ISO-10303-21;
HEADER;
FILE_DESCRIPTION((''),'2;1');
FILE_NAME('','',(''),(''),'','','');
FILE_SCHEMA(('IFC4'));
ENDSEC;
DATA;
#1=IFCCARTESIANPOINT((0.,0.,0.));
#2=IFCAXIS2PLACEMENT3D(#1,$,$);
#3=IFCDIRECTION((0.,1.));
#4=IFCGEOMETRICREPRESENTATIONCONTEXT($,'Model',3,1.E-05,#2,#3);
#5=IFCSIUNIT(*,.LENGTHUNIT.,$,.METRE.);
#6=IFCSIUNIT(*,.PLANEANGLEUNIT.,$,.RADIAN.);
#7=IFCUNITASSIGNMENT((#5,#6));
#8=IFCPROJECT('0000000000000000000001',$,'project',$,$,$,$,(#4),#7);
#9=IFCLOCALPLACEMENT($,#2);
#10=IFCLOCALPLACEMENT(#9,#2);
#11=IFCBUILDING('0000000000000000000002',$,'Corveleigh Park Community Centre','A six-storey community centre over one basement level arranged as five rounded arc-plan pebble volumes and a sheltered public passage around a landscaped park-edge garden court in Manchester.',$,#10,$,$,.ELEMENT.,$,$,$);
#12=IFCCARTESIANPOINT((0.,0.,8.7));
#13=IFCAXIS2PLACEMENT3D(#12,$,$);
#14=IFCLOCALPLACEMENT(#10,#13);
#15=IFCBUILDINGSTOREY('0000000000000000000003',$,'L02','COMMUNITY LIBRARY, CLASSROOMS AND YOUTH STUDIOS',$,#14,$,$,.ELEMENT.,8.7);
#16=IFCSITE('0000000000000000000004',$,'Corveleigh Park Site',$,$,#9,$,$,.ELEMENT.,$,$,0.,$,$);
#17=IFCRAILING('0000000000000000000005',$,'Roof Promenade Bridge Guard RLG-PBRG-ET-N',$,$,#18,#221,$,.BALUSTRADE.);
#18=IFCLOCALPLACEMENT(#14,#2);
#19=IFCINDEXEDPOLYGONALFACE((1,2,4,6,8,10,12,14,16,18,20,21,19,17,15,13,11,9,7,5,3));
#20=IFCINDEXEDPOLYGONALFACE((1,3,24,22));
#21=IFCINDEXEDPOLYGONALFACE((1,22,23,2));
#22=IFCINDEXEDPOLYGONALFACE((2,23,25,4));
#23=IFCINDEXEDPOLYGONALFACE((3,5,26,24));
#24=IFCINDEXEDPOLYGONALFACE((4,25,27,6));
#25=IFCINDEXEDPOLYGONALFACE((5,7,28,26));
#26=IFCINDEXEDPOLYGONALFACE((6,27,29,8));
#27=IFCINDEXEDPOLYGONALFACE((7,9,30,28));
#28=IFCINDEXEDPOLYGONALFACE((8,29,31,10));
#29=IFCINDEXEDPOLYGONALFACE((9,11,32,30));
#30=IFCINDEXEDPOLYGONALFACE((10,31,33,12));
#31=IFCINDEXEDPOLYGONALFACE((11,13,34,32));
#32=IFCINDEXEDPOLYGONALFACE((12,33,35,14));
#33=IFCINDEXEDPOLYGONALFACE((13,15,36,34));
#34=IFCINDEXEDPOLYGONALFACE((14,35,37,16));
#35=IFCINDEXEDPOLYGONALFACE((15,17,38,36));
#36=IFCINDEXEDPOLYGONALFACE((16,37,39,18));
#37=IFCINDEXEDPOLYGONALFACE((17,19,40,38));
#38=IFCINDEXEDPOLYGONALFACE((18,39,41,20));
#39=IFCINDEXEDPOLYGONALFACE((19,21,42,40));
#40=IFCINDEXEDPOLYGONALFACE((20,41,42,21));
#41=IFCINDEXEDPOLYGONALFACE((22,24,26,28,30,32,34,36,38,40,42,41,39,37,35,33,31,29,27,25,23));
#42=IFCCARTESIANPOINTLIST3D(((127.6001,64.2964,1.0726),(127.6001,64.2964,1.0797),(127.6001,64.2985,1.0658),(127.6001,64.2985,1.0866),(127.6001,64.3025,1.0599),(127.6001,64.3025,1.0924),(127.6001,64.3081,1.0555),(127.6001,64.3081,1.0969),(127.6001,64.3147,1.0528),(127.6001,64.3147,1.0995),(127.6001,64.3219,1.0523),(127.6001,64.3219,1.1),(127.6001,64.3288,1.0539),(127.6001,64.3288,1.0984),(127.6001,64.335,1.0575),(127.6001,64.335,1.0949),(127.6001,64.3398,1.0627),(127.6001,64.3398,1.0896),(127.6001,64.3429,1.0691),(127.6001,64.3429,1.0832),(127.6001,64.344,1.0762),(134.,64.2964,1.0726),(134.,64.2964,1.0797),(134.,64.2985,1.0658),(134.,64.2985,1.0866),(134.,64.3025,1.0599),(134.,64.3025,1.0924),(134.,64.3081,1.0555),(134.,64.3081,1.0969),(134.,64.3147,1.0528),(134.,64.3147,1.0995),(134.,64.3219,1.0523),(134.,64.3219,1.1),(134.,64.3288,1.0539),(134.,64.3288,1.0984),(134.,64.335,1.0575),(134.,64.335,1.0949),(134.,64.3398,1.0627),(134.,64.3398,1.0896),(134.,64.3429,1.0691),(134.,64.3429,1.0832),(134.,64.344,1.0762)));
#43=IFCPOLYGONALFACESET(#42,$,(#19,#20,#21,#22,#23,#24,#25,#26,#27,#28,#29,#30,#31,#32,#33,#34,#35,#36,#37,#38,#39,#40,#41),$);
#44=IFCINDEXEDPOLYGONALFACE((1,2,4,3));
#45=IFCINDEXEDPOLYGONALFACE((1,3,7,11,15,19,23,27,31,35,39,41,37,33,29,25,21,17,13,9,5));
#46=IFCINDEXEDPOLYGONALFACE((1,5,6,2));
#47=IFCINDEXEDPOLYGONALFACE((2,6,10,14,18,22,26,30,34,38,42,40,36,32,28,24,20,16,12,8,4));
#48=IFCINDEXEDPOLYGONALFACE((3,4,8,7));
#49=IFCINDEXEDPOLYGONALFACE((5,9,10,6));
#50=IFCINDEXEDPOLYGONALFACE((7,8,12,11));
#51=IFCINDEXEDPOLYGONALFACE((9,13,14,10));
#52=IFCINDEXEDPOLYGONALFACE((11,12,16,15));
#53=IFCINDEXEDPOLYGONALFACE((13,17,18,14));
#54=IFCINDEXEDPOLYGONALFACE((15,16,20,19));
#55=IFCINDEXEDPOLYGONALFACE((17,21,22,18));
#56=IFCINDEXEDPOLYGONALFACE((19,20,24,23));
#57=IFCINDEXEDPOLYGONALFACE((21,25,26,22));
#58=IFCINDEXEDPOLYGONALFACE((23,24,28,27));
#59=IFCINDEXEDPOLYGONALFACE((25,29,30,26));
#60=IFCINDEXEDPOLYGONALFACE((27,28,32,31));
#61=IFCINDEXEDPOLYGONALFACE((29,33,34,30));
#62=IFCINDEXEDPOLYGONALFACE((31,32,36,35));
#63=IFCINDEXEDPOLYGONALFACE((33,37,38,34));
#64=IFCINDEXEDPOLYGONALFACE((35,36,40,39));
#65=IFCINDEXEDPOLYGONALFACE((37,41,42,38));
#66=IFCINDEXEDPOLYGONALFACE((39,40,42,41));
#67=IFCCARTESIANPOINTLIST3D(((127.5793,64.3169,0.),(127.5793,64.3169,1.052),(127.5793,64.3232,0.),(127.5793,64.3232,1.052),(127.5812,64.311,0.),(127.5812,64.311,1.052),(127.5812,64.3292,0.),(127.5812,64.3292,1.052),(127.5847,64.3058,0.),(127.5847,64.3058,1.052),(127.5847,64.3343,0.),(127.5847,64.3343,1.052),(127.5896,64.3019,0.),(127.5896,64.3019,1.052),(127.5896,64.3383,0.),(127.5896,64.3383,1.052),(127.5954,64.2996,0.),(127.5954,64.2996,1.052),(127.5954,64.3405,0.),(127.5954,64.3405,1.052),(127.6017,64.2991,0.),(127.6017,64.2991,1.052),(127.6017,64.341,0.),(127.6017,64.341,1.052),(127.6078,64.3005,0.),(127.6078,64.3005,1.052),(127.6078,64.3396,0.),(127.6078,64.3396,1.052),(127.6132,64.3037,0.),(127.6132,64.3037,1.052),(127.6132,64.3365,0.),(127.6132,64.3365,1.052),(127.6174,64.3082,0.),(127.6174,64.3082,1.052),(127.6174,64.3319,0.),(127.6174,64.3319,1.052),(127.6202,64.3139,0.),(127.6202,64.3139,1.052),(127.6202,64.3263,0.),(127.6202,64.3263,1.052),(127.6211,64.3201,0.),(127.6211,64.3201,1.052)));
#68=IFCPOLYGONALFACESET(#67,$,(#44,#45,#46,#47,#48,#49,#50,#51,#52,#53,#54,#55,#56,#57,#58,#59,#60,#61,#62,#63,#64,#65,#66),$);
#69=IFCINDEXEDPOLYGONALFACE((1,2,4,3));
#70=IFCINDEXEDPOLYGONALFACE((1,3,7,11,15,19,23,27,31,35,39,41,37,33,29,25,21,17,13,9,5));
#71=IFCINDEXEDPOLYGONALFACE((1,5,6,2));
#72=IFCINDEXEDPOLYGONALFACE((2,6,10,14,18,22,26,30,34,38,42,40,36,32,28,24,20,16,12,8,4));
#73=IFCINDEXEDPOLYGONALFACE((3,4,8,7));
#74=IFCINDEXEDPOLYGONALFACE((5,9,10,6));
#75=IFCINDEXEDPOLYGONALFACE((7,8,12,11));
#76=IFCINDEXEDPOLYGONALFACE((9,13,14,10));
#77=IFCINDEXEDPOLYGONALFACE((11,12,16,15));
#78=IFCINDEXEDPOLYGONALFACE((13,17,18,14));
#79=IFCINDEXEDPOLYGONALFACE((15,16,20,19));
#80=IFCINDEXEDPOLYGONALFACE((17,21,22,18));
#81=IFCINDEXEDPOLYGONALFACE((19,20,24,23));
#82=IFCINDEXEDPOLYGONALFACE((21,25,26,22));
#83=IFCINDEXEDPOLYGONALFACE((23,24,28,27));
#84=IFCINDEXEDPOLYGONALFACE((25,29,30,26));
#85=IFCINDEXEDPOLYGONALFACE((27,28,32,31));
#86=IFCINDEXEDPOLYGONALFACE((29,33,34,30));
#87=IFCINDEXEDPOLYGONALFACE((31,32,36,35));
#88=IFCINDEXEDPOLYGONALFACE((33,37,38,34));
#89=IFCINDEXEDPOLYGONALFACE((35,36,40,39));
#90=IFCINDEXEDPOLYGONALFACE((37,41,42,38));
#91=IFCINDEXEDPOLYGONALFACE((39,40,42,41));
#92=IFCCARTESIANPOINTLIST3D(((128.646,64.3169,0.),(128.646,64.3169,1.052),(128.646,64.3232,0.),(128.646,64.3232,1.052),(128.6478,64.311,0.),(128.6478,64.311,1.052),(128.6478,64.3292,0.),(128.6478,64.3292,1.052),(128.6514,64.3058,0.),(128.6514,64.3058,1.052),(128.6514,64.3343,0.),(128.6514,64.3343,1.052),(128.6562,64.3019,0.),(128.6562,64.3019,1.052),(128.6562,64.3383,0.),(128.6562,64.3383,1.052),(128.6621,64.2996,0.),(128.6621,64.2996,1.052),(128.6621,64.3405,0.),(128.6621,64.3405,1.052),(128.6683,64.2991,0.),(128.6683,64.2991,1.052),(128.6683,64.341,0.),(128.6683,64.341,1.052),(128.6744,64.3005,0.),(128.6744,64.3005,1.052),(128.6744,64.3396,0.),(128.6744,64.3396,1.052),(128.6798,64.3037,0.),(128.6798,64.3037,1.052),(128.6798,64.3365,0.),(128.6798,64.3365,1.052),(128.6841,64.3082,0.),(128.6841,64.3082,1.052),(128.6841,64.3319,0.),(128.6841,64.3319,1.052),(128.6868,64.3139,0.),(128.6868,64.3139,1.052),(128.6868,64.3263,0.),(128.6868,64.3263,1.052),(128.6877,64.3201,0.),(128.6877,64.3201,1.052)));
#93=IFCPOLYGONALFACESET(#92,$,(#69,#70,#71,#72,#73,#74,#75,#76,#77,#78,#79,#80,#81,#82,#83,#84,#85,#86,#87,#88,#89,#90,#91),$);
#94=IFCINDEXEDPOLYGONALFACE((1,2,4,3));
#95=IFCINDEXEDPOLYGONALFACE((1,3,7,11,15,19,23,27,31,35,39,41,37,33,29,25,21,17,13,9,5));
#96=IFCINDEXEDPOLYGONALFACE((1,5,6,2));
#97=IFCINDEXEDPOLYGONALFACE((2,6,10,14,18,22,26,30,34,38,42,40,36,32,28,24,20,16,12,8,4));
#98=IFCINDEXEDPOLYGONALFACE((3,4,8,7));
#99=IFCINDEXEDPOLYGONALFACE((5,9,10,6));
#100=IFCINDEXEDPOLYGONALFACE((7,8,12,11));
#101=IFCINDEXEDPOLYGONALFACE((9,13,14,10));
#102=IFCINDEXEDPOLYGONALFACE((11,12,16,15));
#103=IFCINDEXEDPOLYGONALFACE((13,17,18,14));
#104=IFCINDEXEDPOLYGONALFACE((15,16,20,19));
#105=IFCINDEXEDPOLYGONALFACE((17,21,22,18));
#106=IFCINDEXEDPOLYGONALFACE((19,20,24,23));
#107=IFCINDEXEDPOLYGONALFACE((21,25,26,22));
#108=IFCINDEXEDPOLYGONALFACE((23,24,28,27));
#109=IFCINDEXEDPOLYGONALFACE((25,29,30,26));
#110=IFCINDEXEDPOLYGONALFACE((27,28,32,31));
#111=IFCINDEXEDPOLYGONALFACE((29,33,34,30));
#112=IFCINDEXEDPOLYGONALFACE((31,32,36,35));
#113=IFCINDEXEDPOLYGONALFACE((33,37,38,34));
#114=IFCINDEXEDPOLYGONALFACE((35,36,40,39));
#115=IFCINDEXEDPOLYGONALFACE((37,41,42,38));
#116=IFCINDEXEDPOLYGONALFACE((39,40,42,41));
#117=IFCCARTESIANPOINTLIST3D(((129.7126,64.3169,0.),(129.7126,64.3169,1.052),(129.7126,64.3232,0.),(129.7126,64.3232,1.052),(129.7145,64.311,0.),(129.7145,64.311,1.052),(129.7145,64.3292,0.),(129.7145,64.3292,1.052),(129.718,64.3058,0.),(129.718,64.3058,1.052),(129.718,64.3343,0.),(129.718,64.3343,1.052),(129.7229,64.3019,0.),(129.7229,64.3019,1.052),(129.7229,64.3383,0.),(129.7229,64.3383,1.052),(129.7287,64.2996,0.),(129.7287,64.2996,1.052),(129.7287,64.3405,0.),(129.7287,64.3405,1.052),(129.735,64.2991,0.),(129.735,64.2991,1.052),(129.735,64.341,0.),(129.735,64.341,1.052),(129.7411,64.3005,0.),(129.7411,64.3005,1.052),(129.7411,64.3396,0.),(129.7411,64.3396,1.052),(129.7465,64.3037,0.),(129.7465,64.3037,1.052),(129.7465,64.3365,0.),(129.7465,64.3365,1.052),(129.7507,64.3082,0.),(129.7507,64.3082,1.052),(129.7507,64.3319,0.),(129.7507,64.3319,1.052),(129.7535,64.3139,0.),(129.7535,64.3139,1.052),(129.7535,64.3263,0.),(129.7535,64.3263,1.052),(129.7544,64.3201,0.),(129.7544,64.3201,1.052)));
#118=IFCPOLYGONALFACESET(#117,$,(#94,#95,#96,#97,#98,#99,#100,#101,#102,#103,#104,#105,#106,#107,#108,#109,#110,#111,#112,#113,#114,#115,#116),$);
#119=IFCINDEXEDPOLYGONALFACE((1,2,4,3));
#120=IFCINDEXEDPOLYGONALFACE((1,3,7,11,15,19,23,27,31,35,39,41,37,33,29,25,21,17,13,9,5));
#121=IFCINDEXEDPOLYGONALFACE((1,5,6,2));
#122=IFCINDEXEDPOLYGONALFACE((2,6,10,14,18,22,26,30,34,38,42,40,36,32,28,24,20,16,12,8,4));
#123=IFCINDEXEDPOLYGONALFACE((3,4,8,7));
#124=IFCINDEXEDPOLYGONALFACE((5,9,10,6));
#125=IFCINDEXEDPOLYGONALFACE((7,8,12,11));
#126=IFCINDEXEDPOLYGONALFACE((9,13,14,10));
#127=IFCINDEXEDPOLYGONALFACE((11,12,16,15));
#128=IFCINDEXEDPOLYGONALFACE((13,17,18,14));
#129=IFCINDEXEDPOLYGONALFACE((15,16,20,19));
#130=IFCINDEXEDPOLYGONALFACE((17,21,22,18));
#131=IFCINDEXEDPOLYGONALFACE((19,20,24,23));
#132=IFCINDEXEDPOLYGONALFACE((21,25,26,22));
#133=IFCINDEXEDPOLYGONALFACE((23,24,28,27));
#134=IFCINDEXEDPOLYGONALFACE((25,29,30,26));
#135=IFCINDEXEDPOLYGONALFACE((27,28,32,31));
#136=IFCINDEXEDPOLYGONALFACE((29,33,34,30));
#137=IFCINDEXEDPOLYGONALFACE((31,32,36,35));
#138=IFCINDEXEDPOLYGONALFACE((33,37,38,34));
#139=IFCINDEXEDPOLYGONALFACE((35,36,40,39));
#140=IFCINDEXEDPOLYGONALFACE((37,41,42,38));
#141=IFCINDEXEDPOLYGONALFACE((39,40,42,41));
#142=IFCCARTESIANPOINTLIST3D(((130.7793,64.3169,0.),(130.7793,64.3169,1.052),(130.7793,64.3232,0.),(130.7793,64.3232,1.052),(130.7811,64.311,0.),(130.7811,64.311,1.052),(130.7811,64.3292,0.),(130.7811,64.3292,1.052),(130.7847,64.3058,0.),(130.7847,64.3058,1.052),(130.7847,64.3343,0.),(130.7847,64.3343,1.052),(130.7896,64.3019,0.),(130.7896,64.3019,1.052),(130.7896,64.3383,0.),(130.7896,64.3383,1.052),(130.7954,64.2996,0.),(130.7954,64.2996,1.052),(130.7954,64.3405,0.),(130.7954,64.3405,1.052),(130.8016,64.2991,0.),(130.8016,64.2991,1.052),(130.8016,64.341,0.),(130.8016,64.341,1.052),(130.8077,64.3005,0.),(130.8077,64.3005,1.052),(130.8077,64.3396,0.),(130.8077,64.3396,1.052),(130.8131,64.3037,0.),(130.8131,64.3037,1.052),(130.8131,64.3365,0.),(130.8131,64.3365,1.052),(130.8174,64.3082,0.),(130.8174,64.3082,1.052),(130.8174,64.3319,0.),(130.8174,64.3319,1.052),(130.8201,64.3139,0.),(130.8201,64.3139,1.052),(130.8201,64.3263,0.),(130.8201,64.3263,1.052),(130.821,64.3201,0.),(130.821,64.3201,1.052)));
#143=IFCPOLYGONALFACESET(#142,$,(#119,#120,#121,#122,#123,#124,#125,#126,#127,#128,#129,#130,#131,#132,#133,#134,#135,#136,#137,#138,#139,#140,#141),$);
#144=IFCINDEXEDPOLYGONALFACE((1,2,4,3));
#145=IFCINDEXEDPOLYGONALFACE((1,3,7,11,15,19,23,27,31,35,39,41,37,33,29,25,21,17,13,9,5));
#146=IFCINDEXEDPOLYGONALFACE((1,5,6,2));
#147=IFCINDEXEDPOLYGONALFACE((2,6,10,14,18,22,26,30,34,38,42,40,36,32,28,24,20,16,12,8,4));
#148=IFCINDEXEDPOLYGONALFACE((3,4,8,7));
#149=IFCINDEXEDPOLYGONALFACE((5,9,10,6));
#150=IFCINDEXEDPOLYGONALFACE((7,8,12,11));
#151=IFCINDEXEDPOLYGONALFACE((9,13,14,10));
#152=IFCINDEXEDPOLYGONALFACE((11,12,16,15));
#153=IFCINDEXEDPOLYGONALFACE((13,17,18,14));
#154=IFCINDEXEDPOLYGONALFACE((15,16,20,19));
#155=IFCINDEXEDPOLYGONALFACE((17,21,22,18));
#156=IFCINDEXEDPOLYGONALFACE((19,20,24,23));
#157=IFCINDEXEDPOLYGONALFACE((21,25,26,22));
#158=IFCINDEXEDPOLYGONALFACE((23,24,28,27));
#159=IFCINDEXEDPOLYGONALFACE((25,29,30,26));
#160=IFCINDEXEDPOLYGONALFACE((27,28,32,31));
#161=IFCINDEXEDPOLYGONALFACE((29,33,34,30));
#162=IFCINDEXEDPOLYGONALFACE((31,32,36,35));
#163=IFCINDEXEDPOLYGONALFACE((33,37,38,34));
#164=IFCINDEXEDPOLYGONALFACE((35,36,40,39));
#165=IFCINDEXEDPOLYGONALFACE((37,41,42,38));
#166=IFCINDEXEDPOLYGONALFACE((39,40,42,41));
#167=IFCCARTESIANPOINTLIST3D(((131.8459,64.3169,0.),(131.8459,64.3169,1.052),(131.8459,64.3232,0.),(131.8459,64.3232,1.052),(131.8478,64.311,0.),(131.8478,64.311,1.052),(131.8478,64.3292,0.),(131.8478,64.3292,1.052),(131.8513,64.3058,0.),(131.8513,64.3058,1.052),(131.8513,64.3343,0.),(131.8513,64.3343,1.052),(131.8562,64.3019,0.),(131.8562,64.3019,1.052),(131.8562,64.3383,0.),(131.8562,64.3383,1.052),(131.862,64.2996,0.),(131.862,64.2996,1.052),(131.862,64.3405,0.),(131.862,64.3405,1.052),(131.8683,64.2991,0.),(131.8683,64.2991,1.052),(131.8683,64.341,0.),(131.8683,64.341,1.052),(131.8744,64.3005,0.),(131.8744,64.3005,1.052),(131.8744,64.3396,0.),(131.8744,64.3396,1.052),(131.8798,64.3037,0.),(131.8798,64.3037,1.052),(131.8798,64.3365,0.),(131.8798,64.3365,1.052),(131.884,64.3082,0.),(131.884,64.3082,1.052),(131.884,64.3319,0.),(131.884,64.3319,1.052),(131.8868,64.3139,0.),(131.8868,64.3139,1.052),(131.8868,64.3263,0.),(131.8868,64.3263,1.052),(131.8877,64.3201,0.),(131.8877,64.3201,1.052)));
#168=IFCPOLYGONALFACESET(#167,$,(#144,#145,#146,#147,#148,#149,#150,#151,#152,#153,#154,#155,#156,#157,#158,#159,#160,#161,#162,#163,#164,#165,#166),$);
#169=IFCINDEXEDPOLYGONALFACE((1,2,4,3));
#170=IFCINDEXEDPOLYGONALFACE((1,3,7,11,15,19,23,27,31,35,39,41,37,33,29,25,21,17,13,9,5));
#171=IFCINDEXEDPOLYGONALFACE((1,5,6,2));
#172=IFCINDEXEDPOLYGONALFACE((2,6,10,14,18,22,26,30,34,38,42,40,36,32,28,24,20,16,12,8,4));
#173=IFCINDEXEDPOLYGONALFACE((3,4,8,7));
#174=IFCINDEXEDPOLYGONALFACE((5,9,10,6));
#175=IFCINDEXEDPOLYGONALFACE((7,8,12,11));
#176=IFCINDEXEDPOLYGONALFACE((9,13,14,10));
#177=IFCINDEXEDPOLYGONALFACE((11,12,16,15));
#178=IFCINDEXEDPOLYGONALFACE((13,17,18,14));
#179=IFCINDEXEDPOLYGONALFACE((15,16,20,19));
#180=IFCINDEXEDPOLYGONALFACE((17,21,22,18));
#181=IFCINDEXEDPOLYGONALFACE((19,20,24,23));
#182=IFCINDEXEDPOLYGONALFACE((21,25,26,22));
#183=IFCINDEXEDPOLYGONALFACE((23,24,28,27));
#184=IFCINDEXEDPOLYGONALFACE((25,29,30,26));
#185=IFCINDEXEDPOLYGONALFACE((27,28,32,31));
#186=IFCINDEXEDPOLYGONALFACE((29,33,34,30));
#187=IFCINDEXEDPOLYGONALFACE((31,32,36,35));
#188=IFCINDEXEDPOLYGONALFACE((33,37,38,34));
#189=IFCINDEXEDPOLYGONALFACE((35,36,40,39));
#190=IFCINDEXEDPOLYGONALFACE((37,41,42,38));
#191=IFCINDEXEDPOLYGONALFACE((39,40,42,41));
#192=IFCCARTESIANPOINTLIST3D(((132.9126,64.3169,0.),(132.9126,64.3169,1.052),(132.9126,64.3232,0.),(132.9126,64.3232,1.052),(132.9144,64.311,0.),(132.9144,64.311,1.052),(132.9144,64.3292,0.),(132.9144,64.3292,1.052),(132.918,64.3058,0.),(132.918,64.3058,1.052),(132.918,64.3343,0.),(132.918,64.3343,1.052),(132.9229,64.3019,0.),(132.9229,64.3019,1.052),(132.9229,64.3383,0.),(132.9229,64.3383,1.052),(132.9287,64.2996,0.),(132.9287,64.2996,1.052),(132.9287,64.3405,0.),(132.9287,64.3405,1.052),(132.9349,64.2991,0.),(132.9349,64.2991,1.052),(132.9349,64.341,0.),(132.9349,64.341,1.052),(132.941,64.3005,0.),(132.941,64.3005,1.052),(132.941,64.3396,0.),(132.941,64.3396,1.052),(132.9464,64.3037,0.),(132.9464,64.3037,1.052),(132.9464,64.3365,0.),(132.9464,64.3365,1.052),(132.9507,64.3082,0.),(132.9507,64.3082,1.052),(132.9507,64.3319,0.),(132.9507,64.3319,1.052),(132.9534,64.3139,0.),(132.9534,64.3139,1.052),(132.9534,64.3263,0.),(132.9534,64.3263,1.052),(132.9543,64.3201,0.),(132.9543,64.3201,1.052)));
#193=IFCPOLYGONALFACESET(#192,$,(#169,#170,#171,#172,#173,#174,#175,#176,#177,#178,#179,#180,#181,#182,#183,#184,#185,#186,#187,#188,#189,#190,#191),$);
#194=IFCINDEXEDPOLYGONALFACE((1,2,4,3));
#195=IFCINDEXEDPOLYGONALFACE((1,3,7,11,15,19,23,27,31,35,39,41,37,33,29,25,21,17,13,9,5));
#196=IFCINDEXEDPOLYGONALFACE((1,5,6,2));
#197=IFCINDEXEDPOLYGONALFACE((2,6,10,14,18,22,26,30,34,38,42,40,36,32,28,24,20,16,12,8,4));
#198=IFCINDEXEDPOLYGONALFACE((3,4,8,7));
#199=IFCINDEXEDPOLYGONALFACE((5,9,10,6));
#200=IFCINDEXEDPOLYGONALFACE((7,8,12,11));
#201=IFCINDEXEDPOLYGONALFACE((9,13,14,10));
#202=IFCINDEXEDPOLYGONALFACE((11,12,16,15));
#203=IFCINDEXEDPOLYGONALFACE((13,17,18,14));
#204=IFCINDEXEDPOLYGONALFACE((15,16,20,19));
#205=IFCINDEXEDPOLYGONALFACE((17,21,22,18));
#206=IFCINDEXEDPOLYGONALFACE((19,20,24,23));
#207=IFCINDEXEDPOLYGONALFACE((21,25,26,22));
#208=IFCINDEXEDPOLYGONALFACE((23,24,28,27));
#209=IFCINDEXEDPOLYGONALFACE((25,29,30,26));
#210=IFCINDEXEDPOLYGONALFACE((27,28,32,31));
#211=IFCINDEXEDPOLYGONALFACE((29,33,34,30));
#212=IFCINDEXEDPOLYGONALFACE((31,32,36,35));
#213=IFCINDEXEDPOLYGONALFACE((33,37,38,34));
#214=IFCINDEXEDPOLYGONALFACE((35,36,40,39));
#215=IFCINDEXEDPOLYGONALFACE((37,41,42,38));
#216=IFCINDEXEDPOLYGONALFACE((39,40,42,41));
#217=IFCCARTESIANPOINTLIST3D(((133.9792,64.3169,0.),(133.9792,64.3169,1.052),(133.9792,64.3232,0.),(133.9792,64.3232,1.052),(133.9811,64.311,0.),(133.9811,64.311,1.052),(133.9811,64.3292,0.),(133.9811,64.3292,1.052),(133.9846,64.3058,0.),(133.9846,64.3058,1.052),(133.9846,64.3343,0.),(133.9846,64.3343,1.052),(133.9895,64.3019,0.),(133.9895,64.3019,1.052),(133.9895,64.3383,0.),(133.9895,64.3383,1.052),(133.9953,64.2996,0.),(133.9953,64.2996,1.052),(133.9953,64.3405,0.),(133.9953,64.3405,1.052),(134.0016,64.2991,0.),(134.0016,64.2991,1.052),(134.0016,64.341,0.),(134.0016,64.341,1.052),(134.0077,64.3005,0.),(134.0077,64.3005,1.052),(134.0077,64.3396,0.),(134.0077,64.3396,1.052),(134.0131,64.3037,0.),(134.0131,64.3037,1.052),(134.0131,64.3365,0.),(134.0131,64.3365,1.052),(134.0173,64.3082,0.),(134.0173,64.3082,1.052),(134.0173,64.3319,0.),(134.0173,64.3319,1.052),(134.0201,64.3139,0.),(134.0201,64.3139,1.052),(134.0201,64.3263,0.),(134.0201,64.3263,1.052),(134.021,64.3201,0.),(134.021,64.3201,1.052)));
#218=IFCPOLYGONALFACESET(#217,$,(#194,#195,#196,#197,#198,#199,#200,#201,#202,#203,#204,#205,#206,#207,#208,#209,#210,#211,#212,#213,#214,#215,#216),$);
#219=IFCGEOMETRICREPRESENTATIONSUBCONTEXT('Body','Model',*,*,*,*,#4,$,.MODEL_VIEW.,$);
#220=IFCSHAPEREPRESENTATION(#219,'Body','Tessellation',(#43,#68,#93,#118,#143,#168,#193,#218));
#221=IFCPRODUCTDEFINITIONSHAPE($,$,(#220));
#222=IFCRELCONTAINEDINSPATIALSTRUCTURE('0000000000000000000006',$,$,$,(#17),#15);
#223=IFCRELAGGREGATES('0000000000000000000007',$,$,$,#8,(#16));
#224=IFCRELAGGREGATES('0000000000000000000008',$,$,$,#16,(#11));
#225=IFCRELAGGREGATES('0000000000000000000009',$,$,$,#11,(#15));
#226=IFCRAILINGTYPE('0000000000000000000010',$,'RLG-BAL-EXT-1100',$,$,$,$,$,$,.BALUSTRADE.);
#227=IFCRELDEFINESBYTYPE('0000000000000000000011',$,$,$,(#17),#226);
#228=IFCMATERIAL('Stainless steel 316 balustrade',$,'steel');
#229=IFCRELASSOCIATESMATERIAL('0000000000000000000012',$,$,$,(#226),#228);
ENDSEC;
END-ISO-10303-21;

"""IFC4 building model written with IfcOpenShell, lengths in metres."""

from ifc_helpers import new_model, si_unit, direction, frame, origin, origin_2d, place, context, subcontext, project, spatial, circle, extrude, material, type_object, element, save


model = new_model("IFC4")

# Units and contexts
model_context = context("Model", 3, precision=1e-05, world=origin(), true_north=direction((0.0, 1.0)))
body_context = subcontext(model_context, "Body", "Model", "MODEL_VIEW")
ifc_project = project(units=[si_unit("LENGTHUNIT", "METRE"), si_unit("PLANEANGLEUNIT", "RADIAN")], contexts=[model_context])

# Site, building, storey
site_placement = place(None, origin())
site = spatial("IfcSite", under=ifc_project, at=site_placement, Name="Corveleigh Park Site", CompositionType="ELEMENT", RefElevation=0.0)
building_placement = place(site_placement, origin())
building = spatial("IfcBuilding", under=site, at=building_placement, Name="Corveleigh Park Community Centre", Description="A six-storey community centre over one basement level arranged as five rounded arc-plan pebble volumes and a sheltered public passage around a landscaped park-edge garden court in Manchester.", CompositionType="ELEMENT")
storey_placement = place(building_placement, frame((0.0, 0.0, 8.7)))
storey = spatial("IfcBuildingStorey", under=building, at=storey_placement, Name="L02", Description="COMMUNITY LIBRARY, CLASSROOMS AND YOUTH STUDIOS", CompositionType="ELEMENT", Elevation=8.7)

# Railing
ifc_material_1 = material(Name="Stainless steel 316 balustrade", Category="steel")
railing_type = type_object("IfcRailingType", Name="RLG-BAL-EXT-1100", PredefinedType="BALUSTRADE", material=ifc_material_1)
for number, where, name in (
    (1, (127.6001, 64.3201, 0.0), "Roof Promenade Bridge Guard RLG-PBRG-ET-N"),
):
    element("IfcRailing", number, at=place(storey_placement, frame(where)), inside=storey, type_object=railing_type, Name=name, PredefinedType="BALUSTRADE", context=body_context, shape_type="SweptSolid", body=[
        extrude(circle(Radius=0.0239, at=origin_2d()), frame((0.0, 0.0, 1.0762), z_axis=(1.0, 0.0, 0.0), x_axis=(0.0, 1.0, 0.0)), (0.0, 0.0, 1.0), 6.3999),
        extrude(circle(Radius=0.021, at=origin_2d()), origin(), (0.0, 0.0, 1.0), 1.052),
        extrude(circle(Radius=0.021, at=origin_2d()), frame((1.0667, 0.0, 0.0)), (0.0, 0.0, 1.0), 1.052),
        extrude(circle(Radius=0.021, at=origin_2d()), frame((2.1333, 0.0, 0.0)), (0.0, 0.0, 1.0), 1.052),
        extrude(circle(Radius=0.021, at=origin_2d()), frame((3.2, 0.0, 0.0)), (0.0, 0.0, 1.0), 1.052),
        extrude(circle(Radius=0.021, at=origin_2d()), frame((4.2666, 0.0, 0.0)), (0.0, 0.0, 1.0), 1.052),
        extrude(circle(Radius=0.021, at=origin_2d()), frame((5.3333, 0.0, 0.0)), (0.0, 0.0, 1.0), 1.052),
        extrude(circle(Radius=0.021, at=origin_2d()), frame((6.3999, 0.0, 0.0)), (0.0, 0.0, 1.0), 1.052),
    ])

save(model, "model.ifc")
